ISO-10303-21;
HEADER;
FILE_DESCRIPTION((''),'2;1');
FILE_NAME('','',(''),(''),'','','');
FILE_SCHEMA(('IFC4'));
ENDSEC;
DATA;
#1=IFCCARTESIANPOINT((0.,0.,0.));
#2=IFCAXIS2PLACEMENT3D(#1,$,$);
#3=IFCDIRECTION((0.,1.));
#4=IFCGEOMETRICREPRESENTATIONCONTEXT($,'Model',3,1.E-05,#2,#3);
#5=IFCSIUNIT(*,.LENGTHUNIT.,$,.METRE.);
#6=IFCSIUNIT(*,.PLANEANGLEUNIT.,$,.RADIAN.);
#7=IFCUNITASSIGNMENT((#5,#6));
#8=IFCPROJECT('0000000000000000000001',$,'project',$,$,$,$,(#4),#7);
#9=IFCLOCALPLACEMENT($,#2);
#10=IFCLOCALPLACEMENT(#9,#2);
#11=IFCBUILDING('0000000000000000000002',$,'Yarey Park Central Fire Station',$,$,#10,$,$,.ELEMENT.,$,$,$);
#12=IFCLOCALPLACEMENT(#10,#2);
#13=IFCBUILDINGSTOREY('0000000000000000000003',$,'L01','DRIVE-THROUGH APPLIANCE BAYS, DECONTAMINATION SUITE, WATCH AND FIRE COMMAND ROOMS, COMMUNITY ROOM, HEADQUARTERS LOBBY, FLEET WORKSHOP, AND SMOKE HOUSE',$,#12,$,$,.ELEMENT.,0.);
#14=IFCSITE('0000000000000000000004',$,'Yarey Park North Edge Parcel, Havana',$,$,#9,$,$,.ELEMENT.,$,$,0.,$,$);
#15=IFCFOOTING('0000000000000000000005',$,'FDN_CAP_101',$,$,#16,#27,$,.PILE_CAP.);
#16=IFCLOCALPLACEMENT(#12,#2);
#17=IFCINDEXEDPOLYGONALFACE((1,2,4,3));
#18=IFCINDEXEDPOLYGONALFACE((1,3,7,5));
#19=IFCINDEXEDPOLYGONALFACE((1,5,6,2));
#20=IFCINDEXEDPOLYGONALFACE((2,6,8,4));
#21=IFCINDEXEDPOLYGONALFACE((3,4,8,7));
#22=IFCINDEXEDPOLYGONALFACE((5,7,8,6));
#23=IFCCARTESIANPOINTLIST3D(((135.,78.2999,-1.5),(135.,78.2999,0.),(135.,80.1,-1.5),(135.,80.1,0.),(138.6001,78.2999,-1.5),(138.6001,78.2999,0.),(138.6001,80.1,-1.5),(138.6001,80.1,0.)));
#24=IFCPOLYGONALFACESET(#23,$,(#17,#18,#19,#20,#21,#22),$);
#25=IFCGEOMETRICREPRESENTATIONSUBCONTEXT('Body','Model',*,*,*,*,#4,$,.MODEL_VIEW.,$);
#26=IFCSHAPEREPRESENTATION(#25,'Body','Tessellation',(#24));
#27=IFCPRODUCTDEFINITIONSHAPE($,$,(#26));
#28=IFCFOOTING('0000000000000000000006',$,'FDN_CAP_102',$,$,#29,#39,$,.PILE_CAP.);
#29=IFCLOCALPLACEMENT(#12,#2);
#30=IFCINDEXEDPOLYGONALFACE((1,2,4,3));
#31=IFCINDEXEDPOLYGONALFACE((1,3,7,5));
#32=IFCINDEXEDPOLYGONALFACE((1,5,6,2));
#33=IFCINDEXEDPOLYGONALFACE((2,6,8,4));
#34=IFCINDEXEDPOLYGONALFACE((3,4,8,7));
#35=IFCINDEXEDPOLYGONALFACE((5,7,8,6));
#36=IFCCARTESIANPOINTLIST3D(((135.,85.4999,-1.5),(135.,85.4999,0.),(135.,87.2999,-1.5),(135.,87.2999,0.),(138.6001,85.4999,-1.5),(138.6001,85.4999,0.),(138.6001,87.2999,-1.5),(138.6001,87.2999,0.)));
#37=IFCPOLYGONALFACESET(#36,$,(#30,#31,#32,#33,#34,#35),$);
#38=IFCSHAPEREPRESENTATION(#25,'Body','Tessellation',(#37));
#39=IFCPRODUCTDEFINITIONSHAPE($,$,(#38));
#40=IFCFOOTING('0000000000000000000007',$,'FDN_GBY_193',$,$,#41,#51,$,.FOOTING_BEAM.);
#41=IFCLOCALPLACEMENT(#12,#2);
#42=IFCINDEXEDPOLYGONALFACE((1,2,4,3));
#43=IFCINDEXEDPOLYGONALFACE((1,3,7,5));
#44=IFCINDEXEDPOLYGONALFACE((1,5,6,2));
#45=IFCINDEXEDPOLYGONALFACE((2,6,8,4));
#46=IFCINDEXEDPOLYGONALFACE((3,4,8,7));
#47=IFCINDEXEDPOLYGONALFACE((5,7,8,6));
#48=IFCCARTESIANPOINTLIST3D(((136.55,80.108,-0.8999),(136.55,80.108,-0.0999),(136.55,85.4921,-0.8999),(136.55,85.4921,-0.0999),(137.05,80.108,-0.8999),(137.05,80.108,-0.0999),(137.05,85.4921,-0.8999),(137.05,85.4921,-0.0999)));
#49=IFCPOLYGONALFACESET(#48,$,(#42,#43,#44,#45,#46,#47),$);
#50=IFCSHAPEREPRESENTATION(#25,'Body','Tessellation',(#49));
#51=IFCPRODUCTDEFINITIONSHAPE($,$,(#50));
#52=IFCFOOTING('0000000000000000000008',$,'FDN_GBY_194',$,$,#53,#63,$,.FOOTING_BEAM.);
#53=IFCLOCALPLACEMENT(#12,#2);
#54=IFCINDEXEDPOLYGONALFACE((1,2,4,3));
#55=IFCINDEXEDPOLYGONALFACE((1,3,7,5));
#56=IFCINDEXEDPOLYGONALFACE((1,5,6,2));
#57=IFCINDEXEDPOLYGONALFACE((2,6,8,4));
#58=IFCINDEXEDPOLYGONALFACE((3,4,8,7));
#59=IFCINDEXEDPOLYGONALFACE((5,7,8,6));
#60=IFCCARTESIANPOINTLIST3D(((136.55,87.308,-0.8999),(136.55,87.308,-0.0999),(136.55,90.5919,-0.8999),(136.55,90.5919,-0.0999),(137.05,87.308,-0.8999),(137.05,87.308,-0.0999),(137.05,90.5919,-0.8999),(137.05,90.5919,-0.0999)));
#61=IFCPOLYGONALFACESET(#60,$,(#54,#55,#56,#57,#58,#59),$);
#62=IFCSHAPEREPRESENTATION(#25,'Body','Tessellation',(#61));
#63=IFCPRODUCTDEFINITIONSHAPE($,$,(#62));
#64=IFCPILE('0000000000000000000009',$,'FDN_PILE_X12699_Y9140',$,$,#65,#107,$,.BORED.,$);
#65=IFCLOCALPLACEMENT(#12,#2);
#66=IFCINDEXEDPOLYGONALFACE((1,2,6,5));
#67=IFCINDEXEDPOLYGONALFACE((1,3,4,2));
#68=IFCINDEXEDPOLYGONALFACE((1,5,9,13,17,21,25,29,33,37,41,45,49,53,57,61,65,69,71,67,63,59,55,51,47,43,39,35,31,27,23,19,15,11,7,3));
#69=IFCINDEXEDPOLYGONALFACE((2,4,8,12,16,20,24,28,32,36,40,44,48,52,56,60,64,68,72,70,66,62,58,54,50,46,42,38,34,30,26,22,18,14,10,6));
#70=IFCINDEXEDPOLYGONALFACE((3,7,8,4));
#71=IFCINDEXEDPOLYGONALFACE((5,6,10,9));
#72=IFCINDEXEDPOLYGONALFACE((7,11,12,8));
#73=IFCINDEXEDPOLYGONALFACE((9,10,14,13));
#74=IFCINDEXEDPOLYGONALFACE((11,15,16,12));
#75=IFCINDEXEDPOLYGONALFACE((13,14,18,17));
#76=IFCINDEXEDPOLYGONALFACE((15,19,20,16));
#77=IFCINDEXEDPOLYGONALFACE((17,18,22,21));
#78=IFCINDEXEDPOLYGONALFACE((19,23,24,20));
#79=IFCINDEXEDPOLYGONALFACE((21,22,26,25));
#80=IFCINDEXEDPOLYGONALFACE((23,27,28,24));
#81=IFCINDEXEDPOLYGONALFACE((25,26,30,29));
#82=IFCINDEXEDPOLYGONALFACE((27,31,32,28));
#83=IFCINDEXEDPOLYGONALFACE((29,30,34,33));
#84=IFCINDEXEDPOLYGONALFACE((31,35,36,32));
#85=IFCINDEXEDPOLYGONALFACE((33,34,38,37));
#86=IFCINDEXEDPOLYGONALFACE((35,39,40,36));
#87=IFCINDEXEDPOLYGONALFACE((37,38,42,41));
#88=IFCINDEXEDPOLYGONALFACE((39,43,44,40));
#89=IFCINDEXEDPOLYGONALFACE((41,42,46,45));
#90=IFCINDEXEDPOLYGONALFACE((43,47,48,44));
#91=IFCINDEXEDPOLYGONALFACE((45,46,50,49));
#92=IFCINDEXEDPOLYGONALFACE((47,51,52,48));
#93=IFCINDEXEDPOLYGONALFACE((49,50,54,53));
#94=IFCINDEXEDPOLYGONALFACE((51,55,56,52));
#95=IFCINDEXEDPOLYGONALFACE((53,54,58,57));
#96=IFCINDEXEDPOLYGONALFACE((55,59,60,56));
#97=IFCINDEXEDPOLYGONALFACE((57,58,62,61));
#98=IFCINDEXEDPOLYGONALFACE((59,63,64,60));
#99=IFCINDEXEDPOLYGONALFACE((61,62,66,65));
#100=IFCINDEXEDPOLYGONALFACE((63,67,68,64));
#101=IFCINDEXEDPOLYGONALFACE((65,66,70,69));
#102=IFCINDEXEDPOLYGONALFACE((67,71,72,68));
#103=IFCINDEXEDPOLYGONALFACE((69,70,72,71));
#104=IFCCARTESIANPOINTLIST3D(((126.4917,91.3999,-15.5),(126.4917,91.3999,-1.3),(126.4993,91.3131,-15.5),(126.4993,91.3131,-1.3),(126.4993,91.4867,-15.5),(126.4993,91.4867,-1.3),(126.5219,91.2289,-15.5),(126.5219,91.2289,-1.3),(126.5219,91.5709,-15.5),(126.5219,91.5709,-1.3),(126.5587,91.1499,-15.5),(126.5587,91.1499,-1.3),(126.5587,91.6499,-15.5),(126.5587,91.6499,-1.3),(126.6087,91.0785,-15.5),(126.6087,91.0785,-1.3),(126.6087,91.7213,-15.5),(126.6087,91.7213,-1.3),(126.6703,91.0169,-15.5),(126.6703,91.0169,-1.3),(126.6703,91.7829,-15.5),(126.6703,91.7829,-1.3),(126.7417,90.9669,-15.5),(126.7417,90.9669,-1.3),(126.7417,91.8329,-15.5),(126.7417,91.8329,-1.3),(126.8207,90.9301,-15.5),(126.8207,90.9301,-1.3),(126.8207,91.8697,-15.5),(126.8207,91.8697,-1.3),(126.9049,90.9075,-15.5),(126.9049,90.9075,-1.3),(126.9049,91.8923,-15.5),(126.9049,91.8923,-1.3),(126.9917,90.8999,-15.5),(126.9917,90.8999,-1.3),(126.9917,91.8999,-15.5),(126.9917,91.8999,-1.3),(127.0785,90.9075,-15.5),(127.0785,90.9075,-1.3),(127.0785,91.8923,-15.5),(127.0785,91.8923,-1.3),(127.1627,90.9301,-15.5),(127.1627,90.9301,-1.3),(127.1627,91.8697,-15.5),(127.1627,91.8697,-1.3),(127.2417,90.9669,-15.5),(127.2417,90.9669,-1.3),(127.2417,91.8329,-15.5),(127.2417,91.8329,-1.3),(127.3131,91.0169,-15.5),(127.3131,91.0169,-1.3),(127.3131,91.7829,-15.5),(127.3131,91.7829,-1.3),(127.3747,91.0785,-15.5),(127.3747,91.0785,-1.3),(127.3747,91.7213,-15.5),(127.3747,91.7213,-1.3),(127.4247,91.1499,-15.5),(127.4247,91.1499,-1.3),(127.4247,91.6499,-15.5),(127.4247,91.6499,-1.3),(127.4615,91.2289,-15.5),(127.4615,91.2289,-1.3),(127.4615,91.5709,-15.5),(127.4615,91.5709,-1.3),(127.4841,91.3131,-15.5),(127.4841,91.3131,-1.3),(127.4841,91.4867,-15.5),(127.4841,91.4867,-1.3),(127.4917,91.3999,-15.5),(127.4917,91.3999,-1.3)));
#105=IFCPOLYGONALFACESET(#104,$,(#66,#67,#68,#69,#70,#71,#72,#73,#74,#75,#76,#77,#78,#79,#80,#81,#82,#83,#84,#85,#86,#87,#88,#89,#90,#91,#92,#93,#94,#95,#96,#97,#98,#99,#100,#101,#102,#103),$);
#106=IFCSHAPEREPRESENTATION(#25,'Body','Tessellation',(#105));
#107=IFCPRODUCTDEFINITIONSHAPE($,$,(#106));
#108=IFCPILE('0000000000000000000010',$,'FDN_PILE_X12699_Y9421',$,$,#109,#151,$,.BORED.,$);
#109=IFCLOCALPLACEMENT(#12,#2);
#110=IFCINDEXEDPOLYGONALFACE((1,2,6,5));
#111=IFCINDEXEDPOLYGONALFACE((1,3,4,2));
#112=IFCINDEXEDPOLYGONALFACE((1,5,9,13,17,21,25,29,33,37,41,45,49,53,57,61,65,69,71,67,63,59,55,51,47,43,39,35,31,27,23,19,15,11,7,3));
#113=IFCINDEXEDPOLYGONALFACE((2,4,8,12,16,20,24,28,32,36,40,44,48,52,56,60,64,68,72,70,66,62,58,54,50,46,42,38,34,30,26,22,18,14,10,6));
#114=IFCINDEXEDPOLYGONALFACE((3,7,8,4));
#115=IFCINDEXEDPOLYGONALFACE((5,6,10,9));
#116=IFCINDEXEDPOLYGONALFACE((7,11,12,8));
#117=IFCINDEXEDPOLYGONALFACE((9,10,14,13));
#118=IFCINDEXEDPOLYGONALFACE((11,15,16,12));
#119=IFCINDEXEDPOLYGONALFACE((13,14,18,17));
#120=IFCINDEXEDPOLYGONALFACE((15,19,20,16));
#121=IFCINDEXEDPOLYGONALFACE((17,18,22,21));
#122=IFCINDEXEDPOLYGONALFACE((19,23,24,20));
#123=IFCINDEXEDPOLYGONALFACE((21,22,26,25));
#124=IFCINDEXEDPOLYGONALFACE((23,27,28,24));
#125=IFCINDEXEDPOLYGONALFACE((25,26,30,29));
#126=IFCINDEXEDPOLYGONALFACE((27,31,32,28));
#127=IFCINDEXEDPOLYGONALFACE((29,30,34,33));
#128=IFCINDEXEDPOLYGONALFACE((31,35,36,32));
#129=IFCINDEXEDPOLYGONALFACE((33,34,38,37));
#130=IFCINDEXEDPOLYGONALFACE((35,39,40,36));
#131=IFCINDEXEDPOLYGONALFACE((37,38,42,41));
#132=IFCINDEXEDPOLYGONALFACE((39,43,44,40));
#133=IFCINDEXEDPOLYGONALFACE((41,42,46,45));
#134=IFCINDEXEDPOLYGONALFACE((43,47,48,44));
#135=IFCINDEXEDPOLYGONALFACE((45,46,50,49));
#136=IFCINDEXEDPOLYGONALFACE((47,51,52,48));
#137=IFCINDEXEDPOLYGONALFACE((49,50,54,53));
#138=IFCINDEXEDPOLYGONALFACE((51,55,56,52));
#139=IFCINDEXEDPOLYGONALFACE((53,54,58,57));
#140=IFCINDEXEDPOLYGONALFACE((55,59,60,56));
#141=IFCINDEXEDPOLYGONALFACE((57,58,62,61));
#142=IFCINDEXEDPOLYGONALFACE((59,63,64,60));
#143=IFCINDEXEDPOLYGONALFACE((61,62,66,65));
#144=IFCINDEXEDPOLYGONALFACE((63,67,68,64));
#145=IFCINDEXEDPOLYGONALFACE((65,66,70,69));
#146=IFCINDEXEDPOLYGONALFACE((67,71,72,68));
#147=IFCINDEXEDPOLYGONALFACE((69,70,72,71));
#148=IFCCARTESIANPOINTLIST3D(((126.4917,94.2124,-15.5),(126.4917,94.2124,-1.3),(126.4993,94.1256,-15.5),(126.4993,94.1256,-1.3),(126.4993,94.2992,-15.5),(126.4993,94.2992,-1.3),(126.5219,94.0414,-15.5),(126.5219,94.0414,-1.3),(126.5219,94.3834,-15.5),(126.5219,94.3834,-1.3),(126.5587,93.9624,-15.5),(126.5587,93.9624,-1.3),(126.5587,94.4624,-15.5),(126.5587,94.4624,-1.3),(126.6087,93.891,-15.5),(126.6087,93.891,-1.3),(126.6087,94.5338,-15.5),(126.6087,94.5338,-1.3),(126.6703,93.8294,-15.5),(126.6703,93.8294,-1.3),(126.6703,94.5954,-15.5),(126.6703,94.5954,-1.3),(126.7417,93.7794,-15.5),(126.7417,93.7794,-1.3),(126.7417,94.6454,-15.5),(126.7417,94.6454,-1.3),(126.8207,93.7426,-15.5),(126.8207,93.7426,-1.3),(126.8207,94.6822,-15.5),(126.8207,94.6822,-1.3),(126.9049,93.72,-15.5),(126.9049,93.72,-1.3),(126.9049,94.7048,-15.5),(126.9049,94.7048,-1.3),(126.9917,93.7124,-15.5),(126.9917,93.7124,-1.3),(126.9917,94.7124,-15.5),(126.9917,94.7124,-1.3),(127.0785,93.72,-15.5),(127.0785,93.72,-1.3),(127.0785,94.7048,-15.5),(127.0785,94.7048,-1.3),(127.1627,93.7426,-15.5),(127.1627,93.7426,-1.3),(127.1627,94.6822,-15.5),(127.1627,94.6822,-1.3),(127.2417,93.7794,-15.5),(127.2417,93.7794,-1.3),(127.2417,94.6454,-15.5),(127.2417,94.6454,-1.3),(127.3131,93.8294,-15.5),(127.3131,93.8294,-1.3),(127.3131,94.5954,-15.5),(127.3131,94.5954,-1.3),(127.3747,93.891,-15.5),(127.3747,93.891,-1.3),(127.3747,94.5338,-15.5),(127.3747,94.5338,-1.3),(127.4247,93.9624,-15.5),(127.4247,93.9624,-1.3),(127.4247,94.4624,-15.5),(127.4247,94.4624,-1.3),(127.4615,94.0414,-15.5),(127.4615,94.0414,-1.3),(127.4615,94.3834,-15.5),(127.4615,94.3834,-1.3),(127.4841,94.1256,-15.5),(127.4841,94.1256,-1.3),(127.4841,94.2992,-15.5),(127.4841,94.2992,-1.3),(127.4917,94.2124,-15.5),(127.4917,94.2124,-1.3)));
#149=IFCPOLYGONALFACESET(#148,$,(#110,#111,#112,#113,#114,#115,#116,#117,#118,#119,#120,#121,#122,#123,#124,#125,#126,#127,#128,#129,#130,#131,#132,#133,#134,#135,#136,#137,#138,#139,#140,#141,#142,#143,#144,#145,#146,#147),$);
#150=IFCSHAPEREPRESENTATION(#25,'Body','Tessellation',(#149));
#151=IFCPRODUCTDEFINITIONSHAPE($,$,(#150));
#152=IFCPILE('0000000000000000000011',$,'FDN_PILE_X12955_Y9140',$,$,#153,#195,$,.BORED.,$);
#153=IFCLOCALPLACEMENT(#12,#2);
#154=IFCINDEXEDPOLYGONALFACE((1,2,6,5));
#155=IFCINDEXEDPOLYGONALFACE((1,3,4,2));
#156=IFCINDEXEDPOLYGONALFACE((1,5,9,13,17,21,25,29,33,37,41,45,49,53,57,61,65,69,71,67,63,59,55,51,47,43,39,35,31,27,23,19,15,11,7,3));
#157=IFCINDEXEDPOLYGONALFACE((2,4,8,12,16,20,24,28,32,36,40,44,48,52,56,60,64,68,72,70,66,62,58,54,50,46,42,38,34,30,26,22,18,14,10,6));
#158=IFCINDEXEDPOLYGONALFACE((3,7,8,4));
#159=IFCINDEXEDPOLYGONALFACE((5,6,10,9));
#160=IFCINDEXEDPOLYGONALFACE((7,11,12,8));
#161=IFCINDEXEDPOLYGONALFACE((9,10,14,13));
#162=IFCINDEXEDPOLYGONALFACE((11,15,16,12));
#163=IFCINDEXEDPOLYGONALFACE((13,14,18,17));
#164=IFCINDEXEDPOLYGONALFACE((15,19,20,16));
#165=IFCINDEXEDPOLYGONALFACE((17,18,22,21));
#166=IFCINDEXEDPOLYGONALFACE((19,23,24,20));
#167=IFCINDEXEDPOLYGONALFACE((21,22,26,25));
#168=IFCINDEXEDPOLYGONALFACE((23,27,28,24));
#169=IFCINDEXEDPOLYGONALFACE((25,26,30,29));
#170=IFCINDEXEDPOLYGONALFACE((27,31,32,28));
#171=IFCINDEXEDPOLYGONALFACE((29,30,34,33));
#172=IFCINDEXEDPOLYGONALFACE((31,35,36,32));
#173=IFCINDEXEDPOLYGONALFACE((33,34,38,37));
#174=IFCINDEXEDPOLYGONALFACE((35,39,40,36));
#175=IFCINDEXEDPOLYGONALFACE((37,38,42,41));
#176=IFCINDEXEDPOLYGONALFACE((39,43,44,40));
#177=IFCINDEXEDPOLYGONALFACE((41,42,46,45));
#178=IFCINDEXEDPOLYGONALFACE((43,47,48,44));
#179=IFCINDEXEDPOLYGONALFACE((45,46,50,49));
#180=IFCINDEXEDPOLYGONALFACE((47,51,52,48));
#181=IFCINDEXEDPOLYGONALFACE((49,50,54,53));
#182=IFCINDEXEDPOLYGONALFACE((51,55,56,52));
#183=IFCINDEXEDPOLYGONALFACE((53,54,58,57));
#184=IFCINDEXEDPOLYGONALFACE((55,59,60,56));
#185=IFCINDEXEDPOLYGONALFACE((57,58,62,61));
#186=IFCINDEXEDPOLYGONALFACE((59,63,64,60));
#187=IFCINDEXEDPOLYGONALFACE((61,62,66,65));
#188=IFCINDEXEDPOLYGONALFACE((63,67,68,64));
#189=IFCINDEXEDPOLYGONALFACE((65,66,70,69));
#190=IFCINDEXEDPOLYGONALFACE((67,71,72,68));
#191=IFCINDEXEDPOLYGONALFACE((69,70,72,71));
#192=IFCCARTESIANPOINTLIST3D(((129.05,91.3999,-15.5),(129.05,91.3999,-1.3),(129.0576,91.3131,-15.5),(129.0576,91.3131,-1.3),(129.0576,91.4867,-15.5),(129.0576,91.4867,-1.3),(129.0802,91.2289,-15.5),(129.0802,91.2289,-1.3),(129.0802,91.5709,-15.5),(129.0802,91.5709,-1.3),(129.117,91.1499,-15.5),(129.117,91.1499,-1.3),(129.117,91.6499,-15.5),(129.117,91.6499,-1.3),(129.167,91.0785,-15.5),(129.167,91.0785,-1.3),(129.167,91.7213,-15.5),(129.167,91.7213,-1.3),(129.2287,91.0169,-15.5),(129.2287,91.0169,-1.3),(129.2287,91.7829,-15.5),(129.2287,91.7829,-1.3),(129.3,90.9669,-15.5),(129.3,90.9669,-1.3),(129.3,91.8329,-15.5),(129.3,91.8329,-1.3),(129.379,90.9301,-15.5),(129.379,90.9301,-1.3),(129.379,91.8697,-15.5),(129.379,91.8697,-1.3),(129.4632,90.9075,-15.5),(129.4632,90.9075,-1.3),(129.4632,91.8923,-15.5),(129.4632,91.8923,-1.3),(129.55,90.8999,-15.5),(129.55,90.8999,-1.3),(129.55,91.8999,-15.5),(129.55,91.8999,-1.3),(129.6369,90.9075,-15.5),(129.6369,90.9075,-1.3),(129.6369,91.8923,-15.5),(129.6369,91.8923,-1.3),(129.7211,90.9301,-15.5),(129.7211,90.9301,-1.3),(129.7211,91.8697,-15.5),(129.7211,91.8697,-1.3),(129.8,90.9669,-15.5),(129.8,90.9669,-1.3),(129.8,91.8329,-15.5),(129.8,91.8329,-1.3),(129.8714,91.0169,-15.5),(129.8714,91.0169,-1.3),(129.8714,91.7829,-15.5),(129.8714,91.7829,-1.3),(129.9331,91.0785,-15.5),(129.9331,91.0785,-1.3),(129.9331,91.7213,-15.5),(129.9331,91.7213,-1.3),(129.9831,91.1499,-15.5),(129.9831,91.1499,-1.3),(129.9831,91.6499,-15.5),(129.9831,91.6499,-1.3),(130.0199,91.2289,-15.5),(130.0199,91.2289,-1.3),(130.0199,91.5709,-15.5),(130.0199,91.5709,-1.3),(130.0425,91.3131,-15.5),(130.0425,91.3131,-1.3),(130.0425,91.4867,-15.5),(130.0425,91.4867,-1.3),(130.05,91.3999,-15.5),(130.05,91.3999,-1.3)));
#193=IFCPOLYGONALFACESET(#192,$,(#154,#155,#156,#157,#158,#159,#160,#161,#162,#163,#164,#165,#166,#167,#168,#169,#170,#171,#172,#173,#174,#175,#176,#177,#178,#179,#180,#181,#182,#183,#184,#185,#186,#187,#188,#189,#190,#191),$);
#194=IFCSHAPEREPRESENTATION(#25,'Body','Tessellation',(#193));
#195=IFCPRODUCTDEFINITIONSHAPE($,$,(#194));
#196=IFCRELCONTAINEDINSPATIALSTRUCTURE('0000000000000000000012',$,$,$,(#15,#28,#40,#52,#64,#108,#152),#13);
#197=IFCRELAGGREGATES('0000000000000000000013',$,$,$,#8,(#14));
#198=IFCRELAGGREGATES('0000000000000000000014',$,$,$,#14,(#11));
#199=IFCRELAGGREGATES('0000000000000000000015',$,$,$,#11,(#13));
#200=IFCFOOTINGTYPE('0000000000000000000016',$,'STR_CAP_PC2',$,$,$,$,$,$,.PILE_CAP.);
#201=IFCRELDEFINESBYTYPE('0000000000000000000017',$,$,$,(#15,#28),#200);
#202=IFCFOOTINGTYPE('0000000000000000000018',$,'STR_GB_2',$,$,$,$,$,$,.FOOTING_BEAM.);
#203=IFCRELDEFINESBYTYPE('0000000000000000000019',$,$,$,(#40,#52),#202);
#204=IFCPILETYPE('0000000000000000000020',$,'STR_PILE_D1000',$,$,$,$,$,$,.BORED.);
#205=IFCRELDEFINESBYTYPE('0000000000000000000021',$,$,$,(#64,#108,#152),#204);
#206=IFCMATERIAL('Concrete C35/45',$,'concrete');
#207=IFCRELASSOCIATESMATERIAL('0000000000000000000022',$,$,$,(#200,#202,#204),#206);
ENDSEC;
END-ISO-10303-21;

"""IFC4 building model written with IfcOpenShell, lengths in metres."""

from ifc_helpers import new_model, si_unit, direction, frame, origin, origin_2d, place, context, subcontext, project, spatial, rectangle, circle, extrude, material, material_profile, profile_set, type_object, element, save


model = new_model("IFC4")

# Units and contexts
model_context = context("Model", 3, precision=1e-05, world=origin(), true_north=direction((0.0, 1.0)))
body_context = subcontext(model_context, "Body", "Model", "MODEL_VIEW")
ifc_project = project(units=[si_unit("LENGTHUNIT", "METRE"), si_unit("PLANEANGLEUNIT", "RADIAN")], contexts=[model_context])

# Site, building, storey
site_placement = place(None, origin())
site = spatial("IfcSite", under=ifc_project, at=site_placement, Name="Yarey Park North Edge Parcel, Havana", CompositionType="ELEMENT", RefElevation=0.0)
building_placement = place(site_placement, origin())
building = spatial("IfcBuilding", under=site, at=building_placement, Name="Yarey Park Central Fire Station", CompositionType="ELEMENT")
storey_placement = place(building_placement, origin())
storey = spatial("IfcBuildingStorey", under=building, at=storey_placement, Name="L01", Description="DRIVE-THROUGH APPLIANCE BAYS, DECONTAMINATION SUITE, WATCH AND FIRE COMMAND ROOMS, COMMUNITY ROOM, HEADQUARTERS LOBBY, FLEET WORKSHOP, AND SMOKE HOUSE", CompositionType="ELEMENT", Elevation=0.0)

# Footings
ifc_material_1 = material(Name="Concrete C35/45", Category="concrete")
footing_type_1 = type_object("IfcFootingType", Name="STR_CAP_PC2", PredefinedType="PILE_CAP", material=ifc_material_1)
for number, where, z_axis, x_axis, name in (
    (1, (136.8, 79.2, -1.5), (0.0, 0.0, 1.0), (1.0, 0.0, 0.0), "FDN_CAP_101"),
    (2, (136.8, 86.3999, -1.5), (0.0, 0.0, 1.0), (1.0, 0.0, 0.0), "FDN_CAP_102"),
):
    element("IfcFooting", number, at=place(storey_placement, frame(where, z_axis=z_axis, x_axis=x_axis)), inside=storey, type_object=footing_type_1, Name=name, PredefinedType="PILE_CAP", context=body_context, shape_type="SweptSolid", body=[
        extrude(rectangle(XDim=3.6001, YDim=1.8, at=origin_2d()), origin(), (0.0, 0.0, 1.0), 1.5),
    ])
footing_type_2 = type_object("IfcFootingType", Name="STR_GB_2", PredefinedType="FOOTING_BEAM", material=ifc_material_1)
footing_1_placement = place(storey_placement, frame((136.8, 82.8, -0.8999), z_axis=(0.0, 0.0, 1.0), x_axis=(1.0, 0.0, 0.0)))
element("IfcFooting", 3, at=footing_1_placement, inside=storey, type_object=footing_type_2, Name="FDN_GBY_193", PredefinedType="FOOTING_BEAM", context=body_context, shape_type="SweptSolid", body=[
    extrude(rectangle(XDim=0.5, YDim=5.384, at=origin_2d()), origin(), (0.0, 0.0, 1.0), 0.8),
])
footing_2_placement = place(storey_placement, frame((136.8, 88.95, -0.8999), z_axis=(0.0, 0.0, 1.0), x_axis=(1.0, 0.0, 0.0)))
element("IfcFooting", 4, at=footing_2_placement, inside=storey, type_object=footing_type_2, Name="FDN_GBY_194", PredefinedType="FOOTING_BEAM", context=body_context, shape_type="SweptSolid", body=[
    extrude(rectangle(XDim=0.5, YDim=3.2839, at=origin_2d()), origin(), (0.0, 0.0, 1.0), 0.8),
])

# Piles
ifc_material_profile_1 = material_profile(ifc_material_1, circle(Radius=0.5, at=origin_2d()), Name="BORED PILE D1000")
ifc_profile_set_1 = profile_set([ifc_material_profile_1], Name="Concrete C35/45")
pile_type_1 = type_object("IfcPileType", Name="STR_PILE_D1000", PredefinedType="BORED", material=ifc_profile_set_1)
for number, where, z_axis, x_axis, name in (
    (5, (126.9917, 91.3999, -1.3), (0.0, 0.0, -1.0), (1.0, 0.0, 0.0), "FDN_PILE_X12699_Y9140"),
    (6, (126.9917, 94.2124, -1.3), (0.0, 0.0, -1.0), (1.0, 0.0, 0.0), "FDN_PILE_X12699_Y9421"),
    (7, (129.55, 91.3999, -1.3), (0.0, 0.0, -1.0), (1.0, 0.0, 0.0), "FDN_PILE_X12955_Y9140"),
):
    element("IfcPile", number, at=place(storey_placement, frame(where, z_axis=z_axis, x_axis=x_axis)), inside=storey, type_object=pile_type_1, Name=name, PredefinedType="BORED", context=body_context, shape_type="SweptSolid", body=[
        extrude(circle(Radius=0.5, at=origin_2d()), origin(), (0.0, 0.0, 1.0), 14.2),
    ])

save(model, "model.ifc")
